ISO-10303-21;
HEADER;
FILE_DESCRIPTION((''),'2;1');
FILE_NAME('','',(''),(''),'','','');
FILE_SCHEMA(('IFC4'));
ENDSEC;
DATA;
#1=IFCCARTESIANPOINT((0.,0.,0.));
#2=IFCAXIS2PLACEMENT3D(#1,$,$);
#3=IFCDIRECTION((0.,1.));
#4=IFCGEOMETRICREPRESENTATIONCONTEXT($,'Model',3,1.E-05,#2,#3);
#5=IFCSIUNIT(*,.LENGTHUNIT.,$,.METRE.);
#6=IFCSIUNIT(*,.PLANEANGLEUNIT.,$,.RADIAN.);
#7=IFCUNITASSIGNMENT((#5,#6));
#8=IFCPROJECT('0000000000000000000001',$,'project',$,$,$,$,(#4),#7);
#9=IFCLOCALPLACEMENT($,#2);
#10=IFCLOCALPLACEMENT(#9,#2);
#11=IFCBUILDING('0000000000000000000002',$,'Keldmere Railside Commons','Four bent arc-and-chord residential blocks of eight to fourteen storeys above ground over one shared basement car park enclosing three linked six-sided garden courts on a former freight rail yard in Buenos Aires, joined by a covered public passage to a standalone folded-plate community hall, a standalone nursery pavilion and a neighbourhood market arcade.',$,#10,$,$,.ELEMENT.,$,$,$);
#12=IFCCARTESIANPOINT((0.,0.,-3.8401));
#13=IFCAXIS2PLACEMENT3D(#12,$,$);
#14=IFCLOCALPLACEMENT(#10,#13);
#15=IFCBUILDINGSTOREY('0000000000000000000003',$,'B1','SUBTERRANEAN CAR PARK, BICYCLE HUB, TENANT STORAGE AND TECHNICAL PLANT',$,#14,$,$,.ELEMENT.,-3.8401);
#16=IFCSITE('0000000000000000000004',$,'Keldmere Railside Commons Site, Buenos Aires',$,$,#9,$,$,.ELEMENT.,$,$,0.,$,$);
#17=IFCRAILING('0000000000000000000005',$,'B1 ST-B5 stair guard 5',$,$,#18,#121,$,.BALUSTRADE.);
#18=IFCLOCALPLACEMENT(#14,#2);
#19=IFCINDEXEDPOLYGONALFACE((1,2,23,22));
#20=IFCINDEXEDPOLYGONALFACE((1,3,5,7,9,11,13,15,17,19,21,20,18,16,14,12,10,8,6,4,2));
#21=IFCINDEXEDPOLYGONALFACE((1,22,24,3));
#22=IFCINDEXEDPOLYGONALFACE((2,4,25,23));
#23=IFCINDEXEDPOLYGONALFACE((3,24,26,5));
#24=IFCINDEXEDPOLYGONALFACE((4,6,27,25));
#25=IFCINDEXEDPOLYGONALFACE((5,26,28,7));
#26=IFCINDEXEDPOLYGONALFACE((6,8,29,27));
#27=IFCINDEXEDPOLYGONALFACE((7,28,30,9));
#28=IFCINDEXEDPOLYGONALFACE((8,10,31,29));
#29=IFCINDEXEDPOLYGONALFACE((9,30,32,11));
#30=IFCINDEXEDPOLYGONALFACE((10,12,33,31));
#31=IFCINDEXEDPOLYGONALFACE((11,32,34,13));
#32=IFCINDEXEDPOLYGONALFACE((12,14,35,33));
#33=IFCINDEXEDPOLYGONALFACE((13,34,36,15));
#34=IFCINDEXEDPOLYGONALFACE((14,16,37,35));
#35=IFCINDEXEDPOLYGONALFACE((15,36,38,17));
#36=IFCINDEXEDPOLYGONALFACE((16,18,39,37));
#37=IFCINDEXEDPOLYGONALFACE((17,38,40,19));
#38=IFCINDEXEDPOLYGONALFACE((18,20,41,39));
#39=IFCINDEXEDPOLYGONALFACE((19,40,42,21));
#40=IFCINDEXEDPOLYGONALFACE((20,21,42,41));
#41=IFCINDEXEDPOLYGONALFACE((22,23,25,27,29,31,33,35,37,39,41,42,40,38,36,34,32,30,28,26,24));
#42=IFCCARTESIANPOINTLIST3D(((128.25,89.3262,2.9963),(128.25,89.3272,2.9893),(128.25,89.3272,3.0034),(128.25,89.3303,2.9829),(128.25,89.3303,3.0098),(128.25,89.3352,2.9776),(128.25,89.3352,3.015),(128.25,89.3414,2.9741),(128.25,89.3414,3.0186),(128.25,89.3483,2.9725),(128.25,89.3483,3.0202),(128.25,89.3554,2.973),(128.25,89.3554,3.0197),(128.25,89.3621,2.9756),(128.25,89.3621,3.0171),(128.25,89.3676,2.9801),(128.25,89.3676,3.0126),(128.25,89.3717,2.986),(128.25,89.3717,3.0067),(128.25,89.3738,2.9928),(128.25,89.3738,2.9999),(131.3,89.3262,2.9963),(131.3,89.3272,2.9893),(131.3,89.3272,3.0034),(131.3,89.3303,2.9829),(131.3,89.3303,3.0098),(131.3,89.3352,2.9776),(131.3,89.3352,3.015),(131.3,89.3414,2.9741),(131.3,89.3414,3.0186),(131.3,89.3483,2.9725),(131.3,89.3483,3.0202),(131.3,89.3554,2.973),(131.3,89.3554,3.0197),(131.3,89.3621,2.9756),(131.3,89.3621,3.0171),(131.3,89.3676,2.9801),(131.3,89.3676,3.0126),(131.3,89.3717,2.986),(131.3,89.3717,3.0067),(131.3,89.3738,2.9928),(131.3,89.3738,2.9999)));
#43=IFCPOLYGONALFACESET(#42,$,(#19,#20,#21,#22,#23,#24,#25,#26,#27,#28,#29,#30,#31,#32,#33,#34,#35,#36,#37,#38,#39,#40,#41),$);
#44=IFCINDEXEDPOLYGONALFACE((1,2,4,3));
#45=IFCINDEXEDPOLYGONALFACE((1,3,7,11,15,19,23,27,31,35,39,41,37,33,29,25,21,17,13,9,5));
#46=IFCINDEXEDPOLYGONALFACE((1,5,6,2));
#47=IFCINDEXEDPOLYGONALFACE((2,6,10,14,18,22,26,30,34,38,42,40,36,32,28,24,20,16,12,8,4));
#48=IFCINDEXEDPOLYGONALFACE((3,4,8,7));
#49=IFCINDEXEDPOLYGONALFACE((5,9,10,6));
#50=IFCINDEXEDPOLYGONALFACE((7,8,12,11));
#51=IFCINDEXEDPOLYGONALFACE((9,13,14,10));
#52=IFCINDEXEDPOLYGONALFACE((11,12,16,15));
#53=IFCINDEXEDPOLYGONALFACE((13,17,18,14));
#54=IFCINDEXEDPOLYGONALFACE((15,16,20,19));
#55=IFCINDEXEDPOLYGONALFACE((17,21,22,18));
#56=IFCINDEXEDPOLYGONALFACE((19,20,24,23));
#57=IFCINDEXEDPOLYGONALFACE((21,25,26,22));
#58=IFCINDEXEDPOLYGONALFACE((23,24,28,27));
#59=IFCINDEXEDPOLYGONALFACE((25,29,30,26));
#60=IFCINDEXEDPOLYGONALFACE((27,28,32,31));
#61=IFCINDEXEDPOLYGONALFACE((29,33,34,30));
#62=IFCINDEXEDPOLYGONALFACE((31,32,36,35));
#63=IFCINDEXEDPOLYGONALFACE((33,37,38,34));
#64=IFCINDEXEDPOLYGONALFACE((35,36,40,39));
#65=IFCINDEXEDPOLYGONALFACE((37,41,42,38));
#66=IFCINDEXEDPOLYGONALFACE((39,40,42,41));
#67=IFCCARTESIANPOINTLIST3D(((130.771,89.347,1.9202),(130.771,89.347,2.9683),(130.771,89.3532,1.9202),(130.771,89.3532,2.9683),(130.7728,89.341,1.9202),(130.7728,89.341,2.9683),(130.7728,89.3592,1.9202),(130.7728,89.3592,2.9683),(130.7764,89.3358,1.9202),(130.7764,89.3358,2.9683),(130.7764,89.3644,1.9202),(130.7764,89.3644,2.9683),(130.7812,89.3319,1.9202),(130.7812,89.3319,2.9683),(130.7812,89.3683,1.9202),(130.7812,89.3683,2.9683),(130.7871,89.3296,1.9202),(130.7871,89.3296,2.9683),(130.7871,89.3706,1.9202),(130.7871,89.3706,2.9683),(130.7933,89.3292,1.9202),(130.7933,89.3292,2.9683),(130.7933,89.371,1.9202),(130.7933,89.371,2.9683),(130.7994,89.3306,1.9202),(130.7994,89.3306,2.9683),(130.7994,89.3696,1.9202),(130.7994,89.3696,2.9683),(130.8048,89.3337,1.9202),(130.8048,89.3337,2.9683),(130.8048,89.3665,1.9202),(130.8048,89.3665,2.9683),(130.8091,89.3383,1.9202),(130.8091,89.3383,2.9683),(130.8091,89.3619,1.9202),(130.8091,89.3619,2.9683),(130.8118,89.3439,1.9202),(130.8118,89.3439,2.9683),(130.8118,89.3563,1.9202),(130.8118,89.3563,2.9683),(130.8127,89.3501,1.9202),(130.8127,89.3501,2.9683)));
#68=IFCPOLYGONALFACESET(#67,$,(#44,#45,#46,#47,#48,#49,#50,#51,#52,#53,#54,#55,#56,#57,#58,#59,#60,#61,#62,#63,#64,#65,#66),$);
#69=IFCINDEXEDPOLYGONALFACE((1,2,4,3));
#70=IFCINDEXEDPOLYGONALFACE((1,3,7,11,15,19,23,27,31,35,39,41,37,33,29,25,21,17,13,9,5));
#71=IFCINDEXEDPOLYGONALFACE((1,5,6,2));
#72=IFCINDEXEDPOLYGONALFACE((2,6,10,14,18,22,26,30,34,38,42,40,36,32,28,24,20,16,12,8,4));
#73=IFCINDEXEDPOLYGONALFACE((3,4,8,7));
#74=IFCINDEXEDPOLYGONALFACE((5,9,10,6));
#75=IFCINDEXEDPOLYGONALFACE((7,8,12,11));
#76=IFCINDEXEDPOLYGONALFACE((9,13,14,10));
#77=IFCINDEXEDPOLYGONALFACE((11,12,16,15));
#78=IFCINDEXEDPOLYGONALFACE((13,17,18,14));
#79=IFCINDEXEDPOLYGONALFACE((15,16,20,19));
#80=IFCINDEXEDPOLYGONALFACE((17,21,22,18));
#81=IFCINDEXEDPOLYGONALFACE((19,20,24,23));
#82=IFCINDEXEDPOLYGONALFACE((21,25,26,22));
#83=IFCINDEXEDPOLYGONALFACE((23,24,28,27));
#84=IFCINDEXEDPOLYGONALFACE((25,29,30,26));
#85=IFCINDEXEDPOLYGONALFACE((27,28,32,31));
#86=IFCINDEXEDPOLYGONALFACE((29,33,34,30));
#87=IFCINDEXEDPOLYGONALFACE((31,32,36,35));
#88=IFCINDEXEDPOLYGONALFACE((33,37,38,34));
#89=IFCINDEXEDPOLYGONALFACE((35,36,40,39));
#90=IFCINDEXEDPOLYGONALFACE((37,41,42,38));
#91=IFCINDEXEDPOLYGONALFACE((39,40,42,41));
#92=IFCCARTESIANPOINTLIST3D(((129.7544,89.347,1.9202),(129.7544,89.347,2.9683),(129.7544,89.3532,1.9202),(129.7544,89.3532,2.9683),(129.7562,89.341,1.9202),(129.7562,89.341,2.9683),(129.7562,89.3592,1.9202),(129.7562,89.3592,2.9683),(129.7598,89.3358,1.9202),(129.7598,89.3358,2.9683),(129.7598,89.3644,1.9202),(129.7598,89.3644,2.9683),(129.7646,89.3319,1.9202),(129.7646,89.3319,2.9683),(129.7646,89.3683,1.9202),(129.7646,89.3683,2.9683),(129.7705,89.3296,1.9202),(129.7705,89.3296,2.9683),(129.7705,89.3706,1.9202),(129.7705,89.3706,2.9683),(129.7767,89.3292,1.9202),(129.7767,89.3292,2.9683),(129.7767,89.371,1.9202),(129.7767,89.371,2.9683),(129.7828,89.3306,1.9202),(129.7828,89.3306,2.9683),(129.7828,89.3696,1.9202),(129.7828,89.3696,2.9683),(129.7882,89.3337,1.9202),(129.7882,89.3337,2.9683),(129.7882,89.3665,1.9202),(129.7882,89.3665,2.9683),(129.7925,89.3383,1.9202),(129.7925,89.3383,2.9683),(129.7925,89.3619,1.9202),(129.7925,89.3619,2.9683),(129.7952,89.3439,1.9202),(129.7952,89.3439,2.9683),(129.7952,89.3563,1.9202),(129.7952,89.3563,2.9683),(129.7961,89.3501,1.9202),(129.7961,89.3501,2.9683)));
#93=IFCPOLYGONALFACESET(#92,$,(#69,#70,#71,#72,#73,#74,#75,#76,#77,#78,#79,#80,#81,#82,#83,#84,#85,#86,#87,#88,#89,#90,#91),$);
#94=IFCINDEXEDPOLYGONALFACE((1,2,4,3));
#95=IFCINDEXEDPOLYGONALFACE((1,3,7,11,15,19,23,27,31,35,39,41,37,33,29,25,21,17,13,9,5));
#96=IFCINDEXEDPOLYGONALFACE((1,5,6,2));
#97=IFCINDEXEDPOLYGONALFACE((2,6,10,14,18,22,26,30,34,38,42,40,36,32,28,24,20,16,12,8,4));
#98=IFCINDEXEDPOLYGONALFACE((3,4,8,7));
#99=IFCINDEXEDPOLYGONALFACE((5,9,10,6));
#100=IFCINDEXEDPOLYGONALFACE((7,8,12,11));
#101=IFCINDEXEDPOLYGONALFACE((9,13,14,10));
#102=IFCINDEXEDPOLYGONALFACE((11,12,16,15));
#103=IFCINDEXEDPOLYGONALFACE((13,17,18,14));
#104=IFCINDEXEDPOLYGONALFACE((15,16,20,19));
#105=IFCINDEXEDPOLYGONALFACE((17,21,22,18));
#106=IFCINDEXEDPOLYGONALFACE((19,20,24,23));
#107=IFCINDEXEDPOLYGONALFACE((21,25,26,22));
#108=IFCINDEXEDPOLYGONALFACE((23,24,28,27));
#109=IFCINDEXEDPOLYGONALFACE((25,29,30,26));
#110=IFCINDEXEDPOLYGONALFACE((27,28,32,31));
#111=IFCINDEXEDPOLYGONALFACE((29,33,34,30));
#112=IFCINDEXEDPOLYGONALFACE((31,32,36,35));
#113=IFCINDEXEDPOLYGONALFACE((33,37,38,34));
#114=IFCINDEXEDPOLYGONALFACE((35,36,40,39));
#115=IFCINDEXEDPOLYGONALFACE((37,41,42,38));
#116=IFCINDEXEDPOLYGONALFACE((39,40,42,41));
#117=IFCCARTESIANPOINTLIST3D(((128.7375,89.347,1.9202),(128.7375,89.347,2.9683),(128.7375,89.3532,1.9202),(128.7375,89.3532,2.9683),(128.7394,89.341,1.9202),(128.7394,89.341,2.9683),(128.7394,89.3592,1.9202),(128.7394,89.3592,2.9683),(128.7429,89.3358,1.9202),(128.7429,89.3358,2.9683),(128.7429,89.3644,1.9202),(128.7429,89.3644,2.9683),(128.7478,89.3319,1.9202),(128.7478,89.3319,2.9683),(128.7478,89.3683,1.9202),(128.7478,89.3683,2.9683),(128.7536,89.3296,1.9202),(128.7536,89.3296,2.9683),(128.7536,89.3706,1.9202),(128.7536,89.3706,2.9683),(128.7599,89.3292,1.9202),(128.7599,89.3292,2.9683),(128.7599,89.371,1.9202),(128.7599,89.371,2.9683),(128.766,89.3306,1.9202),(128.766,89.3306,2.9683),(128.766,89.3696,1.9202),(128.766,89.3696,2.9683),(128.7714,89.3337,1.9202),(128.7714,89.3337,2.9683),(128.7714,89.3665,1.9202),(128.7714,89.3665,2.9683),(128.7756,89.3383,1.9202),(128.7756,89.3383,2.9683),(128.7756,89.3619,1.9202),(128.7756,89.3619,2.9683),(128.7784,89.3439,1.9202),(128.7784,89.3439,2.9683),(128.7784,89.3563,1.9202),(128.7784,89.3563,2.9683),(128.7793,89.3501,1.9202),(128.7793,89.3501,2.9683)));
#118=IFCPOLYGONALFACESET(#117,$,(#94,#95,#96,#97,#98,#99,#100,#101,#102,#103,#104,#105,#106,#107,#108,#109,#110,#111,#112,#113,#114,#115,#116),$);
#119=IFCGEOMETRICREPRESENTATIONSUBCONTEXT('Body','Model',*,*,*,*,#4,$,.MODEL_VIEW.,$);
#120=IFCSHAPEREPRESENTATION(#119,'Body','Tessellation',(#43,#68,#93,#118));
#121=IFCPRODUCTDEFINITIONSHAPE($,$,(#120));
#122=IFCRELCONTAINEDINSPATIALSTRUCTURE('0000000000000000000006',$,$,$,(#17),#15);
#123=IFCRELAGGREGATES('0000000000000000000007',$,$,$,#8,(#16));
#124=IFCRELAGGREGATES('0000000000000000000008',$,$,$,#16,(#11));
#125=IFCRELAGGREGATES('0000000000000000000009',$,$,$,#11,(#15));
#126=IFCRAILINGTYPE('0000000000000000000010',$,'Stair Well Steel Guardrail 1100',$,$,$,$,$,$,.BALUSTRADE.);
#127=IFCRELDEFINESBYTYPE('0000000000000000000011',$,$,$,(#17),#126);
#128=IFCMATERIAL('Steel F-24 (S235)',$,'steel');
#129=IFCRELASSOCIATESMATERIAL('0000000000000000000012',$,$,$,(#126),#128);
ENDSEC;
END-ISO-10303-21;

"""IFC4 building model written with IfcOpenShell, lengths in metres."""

from ifc_helpers import new_model, si_unit, direction, frame, origin, origin_2d, place, context, subcontext, project, spatial, circle, extrude, material, type_object, element, save


model = new_model("IFC4")

# Units and contexts
model_context = context("Model", 3, precision=1e-05, world=origin(), true_north=direction((0.0, 1.0)))
body_context = subcontext(model_context, "Body", "Model", "MODEL_VIEW")
ifc_project = project(units=[si_unit("LENGTHUNIT", "METRE"), si_unit("PLANEANGLEUNIT", "RADIAN")], contexts=[model_context])

# Site, building, storey
site_placement = place(None, origin())
site = spatial("IfcSite", under=ifc_project, at=site_placement, Name="Keldmere Railside Commons Site, Buenos Aires", CompositionType="ELEMENT", RefElevation=0.0)
building_placement = place(site_placement, origin())
building = spatial("IfcBuilding", under=site, at=building_placement, Name="Keldmere Railside Commons", Description="Four bent arc-and-chord residential blocks of eight to fourteen storeys above ground over one shared basement car park enclosing three linked six-sided garden courts on a former freight rail yard in Buenos Aires, joined by a covered public passage to a standalone folded-plate community hall, a standalone nursery pavilion and a neighbourhood market arcade.", CompositionType="ELEMENT")
storey_placement = place(building_placement, frame((0.0, 0.0, -3.8401)))
storey = spatial("IfcBuildingStorey", under=building, at=storey_placement, Name="B1", Description="SUBTERRANEAN CAR PARK, BICYCLE HUB, TENANT STORAGE AND TECHNICAL PLANT", CompositionType="ELEMENT", Elevation=-3.8401)

# Shared definitions
ifc_material_1 = material(Name="Steel F-24 (S235)", Category="steel")

# Railing
railing_type_1 = type_object("IfcRailingType", Name="Stair Well Steel Guardrail 1100", PredefinedType="BALUSTRADE", material=ifc_material_1)
railing_1_placement = place(storey_placement, frame((131.3, 89.3501, 1.9202)))
element("IfcRailing", 1, at=railing_1_placement, inside=storey, type_object=railing_type_1, Name="B1 ST-B5 stair guard 5", PredefinedType="BALUSTRADE", context=body_context, shape_type="SweptSolid", body=[
    extrude(circle(Radius=0.0239, at=origin_2d()), frame((0.0, 0.0, 1.0762), z_axis=(-1.0, 0.0, 0.0), x_axis=(0.0, -1.0, 0.0)), (0.0, 0.0, 1.0), 3.05),
    extrude(circle(Radius=0.021, at=origin_2d()), frame((-0.5083, 0.0, 0.0)), (0.0, 0.0, 1.0), 1.0481),
    extrude(circle(Radius=0.021, at=origin_2d()), frame((-1.5249, 0.0, 0.0)), (0.0, 0.0, 1.0), 1.0481),
    extrude(circle(Radius=0.021, at=origin_2d()), frame((-2.5417, 0.0, 0.0)), (0.0, 0.0, 1.0), 1.0481),
])

save(model, "model.ifc")
